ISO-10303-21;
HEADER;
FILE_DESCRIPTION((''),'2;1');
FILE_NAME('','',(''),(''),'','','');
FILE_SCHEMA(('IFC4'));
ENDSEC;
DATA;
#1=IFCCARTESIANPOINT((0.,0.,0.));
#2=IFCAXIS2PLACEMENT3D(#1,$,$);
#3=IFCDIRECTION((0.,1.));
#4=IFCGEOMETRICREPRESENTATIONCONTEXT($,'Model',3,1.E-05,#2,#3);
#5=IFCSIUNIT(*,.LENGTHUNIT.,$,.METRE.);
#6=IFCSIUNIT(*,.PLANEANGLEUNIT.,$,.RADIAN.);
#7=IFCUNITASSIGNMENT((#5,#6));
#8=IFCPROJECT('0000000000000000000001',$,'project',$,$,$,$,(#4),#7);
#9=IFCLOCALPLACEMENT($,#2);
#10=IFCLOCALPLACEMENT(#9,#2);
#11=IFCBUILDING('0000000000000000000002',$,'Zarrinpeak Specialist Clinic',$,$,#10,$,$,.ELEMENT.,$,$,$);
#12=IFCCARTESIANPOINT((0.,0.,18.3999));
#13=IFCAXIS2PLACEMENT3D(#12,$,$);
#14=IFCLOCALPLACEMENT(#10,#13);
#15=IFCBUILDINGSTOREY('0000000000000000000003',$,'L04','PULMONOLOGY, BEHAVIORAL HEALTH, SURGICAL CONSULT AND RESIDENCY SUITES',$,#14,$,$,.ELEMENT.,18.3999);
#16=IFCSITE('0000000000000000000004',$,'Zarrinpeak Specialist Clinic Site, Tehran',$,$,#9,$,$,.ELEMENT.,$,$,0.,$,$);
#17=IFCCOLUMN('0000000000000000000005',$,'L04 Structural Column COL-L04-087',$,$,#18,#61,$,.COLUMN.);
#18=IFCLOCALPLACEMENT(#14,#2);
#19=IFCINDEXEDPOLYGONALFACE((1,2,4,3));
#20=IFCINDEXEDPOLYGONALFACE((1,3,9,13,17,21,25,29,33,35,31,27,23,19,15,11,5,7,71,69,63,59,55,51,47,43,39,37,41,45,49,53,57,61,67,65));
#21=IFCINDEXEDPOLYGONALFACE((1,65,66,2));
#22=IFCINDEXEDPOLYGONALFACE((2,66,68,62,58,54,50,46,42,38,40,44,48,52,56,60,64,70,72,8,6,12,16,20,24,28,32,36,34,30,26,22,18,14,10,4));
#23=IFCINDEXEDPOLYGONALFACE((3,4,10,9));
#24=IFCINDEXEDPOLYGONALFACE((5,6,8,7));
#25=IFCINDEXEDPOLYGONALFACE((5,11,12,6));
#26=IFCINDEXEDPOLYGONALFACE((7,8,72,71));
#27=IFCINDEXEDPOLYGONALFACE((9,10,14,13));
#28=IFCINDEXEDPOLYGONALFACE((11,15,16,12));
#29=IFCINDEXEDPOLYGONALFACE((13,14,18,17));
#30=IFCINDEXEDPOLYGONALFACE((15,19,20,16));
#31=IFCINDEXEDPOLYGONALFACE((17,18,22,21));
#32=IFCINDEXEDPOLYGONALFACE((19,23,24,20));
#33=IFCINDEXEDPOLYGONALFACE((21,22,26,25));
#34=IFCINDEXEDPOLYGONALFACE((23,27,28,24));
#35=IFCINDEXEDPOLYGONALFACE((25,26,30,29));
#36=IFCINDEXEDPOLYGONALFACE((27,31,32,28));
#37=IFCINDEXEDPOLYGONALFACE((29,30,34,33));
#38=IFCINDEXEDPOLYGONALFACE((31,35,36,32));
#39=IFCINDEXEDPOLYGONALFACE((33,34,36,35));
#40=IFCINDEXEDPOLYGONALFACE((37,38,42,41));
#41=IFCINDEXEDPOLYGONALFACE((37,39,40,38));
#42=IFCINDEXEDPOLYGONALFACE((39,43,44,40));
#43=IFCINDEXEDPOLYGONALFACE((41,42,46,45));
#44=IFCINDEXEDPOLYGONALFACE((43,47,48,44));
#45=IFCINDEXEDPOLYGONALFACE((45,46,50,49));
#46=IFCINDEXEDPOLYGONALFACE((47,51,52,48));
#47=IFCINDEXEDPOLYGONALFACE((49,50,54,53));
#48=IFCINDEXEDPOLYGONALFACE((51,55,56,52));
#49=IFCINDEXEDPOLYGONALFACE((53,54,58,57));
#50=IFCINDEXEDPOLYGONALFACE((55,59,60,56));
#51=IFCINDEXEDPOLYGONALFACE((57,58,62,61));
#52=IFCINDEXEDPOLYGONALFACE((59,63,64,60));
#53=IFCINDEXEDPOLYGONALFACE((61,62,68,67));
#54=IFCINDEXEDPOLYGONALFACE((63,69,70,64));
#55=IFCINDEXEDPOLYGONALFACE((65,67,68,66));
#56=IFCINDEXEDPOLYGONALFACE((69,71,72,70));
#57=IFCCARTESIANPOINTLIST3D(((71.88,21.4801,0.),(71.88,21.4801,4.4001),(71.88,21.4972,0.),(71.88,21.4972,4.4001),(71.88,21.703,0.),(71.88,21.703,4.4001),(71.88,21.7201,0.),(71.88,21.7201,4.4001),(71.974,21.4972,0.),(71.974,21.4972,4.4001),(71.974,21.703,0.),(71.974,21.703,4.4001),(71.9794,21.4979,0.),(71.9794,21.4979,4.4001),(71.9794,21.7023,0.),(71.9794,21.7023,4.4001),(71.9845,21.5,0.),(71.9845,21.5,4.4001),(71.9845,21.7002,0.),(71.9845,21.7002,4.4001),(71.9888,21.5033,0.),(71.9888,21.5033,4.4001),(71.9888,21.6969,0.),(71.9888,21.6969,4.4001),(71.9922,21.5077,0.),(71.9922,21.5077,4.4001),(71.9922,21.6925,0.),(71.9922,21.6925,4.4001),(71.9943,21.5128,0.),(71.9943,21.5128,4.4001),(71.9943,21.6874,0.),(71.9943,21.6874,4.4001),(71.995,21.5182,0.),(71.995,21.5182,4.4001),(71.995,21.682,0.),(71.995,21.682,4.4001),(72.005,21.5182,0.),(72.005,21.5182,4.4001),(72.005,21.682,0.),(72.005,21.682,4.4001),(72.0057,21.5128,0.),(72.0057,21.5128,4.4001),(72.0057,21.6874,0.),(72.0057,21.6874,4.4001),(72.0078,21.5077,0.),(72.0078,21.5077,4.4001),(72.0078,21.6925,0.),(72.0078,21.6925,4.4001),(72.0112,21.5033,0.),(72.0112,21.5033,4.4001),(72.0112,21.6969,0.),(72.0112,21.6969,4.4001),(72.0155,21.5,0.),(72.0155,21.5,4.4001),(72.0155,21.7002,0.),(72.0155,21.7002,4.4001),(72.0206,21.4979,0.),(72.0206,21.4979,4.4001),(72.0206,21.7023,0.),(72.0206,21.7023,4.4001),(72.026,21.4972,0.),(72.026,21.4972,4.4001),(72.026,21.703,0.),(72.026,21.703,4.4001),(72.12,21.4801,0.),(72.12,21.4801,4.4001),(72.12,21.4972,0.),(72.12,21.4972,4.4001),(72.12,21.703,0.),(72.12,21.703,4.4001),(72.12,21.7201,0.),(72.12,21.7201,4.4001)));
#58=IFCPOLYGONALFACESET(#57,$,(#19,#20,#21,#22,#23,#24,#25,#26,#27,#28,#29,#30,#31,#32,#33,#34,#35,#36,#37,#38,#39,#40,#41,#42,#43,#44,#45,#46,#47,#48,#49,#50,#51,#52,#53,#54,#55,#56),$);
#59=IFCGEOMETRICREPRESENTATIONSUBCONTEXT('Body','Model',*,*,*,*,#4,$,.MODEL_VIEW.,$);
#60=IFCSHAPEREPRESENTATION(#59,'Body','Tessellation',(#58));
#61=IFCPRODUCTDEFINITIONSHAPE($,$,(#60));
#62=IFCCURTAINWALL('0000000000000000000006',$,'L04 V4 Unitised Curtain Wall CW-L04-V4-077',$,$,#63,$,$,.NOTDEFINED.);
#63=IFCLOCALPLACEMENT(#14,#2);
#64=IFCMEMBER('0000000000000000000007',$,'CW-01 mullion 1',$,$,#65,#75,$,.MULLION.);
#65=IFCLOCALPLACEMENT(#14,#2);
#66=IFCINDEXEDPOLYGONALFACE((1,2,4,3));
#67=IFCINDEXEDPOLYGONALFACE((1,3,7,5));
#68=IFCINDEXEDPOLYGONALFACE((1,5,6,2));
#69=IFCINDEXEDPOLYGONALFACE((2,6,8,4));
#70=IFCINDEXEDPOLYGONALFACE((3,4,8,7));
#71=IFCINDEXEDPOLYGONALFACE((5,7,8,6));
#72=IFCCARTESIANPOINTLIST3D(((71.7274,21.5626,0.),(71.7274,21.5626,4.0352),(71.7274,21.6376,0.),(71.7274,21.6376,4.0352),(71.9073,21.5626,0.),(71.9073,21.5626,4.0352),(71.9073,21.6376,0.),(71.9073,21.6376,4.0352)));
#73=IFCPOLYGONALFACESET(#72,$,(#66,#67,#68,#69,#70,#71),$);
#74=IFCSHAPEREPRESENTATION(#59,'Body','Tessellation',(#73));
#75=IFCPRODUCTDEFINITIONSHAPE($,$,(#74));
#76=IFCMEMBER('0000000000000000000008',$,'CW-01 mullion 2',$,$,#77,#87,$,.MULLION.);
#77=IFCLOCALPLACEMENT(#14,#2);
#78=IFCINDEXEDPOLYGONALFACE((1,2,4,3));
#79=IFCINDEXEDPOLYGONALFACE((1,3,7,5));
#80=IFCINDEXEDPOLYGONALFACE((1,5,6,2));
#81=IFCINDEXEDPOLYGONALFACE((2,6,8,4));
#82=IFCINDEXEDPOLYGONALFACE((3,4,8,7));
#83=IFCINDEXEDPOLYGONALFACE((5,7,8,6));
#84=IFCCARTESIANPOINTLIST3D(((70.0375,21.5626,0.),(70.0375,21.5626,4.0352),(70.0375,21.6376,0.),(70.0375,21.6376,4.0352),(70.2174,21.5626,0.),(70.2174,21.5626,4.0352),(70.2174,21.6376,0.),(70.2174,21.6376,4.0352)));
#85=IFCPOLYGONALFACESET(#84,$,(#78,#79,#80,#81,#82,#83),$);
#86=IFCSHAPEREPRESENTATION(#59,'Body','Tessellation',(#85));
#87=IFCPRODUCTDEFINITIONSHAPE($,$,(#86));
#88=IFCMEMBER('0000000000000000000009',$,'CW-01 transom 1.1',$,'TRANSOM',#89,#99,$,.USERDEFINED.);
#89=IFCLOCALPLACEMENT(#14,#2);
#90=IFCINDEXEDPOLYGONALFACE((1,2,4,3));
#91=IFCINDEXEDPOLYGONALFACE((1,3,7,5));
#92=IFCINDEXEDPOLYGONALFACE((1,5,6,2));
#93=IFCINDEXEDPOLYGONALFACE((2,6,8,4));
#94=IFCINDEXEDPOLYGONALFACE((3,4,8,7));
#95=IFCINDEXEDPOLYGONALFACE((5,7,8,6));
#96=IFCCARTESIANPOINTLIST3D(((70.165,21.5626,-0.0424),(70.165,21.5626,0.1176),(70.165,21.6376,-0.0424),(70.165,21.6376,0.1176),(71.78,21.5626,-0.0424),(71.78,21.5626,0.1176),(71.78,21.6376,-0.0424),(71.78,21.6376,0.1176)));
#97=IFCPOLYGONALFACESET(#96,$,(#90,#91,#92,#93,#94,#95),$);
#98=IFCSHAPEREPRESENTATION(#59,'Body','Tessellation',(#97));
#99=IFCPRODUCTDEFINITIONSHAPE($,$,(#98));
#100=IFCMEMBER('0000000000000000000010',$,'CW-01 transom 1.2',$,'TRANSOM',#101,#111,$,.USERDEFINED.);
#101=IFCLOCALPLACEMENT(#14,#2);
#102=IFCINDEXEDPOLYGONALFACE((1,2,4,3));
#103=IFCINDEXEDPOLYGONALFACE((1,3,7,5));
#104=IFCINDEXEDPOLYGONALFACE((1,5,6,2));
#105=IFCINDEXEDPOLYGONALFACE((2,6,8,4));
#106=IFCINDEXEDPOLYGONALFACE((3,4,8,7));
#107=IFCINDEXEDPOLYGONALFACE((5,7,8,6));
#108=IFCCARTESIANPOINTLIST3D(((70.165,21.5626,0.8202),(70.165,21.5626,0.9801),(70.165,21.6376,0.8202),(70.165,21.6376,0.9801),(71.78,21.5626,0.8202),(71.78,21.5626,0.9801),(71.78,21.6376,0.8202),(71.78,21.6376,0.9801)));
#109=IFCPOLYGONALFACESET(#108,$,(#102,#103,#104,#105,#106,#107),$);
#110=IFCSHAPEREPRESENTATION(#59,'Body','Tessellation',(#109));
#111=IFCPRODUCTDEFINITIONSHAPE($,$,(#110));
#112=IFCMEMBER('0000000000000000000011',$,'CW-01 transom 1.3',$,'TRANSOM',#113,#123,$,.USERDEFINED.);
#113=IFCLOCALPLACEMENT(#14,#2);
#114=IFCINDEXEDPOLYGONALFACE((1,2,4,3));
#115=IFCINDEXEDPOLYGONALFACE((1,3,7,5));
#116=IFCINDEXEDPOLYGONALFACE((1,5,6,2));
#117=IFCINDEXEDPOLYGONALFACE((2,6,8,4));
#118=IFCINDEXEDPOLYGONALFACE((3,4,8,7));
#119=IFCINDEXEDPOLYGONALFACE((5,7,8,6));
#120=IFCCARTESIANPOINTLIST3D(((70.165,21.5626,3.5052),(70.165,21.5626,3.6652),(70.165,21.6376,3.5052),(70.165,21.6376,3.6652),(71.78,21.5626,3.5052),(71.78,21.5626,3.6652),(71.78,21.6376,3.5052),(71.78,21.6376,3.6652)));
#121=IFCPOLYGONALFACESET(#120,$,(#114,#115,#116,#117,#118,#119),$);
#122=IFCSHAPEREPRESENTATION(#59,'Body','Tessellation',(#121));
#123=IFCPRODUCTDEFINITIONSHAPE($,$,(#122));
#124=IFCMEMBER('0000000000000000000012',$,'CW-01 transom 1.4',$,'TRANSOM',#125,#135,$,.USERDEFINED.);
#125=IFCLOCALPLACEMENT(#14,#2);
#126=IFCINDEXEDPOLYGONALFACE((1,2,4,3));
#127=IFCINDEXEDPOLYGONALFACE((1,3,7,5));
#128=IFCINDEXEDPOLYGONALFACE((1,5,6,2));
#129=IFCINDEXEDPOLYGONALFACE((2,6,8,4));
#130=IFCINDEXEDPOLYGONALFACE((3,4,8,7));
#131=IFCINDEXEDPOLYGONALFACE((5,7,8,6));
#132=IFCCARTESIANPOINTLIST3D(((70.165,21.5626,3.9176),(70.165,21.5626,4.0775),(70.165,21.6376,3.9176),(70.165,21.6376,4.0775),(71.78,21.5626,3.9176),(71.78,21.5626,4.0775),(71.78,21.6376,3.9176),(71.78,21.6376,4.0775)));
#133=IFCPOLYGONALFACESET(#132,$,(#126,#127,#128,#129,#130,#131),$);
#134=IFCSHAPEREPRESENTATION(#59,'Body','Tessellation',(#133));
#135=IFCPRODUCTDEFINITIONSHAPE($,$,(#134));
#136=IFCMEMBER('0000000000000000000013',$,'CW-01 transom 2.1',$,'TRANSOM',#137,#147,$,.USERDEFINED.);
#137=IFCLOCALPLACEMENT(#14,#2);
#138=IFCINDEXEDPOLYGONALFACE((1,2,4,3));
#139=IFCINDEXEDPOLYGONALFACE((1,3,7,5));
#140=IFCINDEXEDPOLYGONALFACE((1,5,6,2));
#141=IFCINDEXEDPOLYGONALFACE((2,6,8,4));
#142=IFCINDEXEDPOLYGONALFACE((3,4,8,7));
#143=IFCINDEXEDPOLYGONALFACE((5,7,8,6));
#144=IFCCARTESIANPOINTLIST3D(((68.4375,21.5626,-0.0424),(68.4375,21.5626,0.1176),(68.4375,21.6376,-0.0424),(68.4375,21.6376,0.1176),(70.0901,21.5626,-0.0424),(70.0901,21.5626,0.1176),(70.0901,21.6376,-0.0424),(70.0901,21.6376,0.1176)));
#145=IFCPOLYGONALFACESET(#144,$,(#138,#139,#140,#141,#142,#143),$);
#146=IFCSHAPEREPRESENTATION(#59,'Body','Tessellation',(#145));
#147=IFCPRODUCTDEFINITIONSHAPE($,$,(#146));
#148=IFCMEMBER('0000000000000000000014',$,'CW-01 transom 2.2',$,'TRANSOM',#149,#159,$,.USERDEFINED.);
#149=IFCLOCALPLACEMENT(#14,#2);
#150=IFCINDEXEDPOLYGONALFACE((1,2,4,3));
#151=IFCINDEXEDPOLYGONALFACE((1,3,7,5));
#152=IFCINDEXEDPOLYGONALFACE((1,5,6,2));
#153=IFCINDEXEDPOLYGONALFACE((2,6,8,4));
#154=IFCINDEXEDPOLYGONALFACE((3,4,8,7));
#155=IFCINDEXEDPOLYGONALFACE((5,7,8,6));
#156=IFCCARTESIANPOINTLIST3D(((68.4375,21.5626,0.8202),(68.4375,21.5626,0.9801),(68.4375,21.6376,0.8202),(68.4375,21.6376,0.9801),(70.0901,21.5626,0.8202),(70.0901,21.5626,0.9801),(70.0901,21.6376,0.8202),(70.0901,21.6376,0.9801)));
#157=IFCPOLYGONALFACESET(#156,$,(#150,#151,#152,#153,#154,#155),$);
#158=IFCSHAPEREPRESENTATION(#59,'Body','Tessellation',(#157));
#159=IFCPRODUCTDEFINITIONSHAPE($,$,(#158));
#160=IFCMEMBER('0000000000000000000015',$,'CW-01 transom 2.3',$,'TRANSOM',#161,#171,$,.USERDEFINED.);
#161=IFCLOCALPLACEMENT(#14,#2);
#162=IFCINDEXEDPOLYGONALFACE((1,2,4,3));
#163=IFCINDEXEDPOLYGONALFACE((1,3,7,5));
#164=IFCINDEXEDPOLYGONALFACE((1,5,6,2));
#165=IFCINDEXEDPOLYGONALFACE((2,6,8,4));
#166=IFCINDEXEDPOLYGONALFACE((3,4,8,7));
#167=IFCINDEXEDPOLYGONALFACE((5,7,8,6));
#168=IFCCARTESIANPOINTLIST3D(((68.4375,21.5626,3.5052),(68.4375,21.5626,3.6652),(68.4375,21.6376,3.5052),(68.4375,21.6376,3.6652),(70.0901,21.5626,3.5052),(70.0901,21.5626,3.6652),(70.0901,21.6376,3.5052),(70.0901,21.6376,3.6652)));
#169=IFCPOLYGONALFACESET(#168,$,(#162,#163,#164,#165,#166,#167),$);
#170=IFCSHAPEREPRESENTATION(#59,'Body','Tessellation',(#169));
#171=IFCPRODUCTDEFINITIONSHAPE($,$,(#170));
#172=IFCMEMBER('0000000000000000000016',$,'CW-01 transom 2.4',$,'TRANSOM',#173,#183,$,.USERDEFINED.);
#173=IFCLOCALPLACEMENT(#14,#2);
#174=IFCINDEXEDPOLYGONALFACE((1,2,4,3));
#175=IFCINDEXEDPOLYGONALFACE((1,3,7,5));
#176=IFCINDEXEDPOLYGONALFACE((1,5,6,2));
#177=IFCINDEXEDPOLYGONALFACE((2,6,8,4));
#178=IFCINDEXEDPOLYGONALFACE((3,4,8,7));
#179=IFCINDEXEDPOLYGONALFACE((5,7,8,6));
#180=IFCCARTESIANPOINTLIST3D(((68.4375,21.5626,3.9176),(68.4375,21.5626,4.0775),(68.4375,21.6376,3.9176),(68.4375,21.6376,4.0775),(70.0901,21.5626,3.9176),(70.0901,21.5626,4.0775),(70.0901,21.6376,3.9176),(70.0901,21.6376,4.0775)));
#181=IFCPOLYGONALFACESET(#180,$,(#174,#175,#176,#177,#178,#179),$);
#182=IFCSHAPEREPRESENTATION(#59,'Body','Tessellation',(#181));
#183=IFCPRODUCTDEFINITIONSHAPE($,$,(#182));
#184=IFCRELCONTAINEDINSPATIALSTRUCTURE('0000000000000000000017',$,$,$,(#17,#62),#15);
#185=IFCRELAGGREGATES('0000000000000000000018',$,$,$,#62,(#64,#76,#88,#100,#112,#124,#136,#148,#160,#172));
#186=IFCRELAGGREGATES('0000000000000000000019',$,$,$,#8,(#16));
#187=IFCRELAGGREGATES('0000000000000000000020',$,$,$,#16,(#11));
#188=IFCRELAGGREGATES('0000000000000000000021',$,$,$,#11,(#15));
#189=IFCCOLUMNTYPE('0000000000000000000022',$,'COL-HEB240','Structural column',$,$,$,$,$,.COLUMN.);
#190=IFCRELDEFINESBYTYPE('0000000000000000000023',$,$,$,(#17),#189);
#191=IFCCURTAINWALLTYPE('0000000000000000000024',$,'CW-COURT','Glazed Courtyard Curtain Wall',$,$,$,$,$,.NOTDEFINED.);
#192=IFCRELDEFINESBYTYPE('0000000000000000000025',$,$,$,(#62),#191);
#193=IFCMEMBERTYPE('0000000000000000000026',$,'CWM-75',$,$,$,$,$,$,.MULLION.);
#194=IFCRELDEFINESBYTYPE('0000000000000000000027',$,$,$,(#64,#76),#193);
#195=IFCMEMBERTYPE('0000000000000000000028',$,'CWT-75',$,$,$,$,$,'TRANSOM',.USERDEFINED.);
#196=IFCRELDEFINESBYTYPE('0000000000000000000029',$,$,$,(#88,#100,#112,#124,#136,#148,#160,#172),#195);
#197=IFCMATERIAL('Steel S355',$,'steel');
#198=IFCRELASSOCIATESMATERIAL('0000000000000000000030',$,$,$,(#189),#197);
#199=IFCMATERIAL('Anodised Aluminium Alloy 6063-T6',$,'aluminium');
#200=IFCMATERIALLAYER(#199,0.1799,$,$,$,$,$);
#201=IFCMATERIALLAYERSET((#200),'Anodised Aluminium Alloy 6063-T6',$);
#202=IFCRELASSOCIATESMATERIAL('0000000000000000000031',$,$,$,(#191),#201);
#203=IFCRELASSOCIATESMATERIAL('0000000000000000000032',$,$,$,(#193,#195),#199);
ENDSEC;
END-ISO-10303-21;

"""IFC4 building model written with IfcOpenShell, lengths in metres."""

from ifc_helpers import new_model, si_unit, direction, frame, origin, origin_2d, place, context, subcontext, project, spatial, rectangle, i_section, extrude, material, layer, layer_set, material_profile, profile_set, type_object, element, aggregate, save


model = new_model("IFC4")

# Units and contexts
model_context = context("Model", 3, precision=1e-05, world=origin(), true_north=direction((0.0, 1.0)))
body_context = subcontext(model_context, "Body", "Model", "MODEL_VIEW")
ifc_project = project(units=[si_unit("LENGTHUNIT", "METRE"), si_unit("PLANEANGLEUNIT", "RADIAN")], contexts=[model_context])

# Site, building, storey
site_placement = place(None, origin())
site = spatial("IfcSite", under=ifc_project, at=site_placement, Name="Zarrinpeak Specialist Clinic Site, Tehran", CompositionType="ELEMENT", RefElevation=0.0)
building_placement = place(site_placement, origin())
building = spatial("IfcBuilding", under=site, at=building_placement, Name="Zarrinpeak Specialist Clinic", CompositionType="ELEMENT")
storey_placement = place(building_placement, frame((0.0, 0.0, 18.3999)))
storey = spatial("IfcBuildingStorey", under=building, at=storey_placement, Name="L04", Description="PULMONOLOGY, BEHAVIORAL HEALTH, SURGICAL CONSULT AND RESIDENCY SUITES", CompositionType="ELEMENT", Elevation=18.3999)

# Column
ifc_material_1 = material(Name="Steel S355", Category="steel")
ifc_material_profile_1 = material_profile(ifc_material_1, i_section(OverallWidth=0.24, OverallDepth=0.24, WebThickness=0.01, FlangeThickness=0.0171, FilletRadius=0.021, at=origin_2d()), Name="HEB 240")
ifc_profile_set_1 = profile_set([ifc_material_profile_1], Name="Steel S355")
column_type = type_object("IfcColumnType", Name="COL-HEB240", Description="Structural column", PredefinedType="COLUMN", material=ifc_profile_set_1)
column_placement = place(storey_placement, frame((72.0, 21.6001, 0.0), z_axis=(0.0, 0.0, 1.0), x_axis=(1.0, 0.0, 0.0)))
element("IfcColumn", 1, at=column_placement, inside=storey, type_object=column_type, Name="L04 Structural Column COL-L04-087", PredefinedType="COLUMN", context=body_context, shape_type="SweptSolid", body=[
    extrude(i_section(OverallWidth=0.24, OverallDepth=0.24, WebThickness=0.01, FlangeThickness=0.0171, FilletRadius=0.021, at=origin_2d()), origin(), (0.0, 0.0, 1.0), 4.4001),
])

# Curtain wall, members
ifc_material_2 = material(Name="Anodised Aluminium Alloy 6063-T6", Category="aluminium")
ifc_layer_1 = layer(ifc_material_2, 0.1799)
ifc_layer_set_1 = layer_set([ifc_layer_1], Name="Anodised Aluminium Alloy 6063-T6")
curtain_wall_type = type_object("IfcCurtainWallType", Name="CW-COURT", Description="Glazed Courtyard Curtain Wall", PredefinedType="NOTDEFINED", material=ifc_layer_set_1)
curtain_wall_placement = place(storey_placement, origin())
curtain_wall = element("IfcCurtainWall", 2, at=curtain_wall_placement, inside=storey, type_object=curtain_wall_type, Name="L04 V4 Unitised Curtain Wall CW-L04-V4-077", PredefinedType="NOTDEFINED")
ifc_material_profile_2 = material_profile(ifc_material_2, rectangle(XDim=0.075, YDim=0.1799, at=origin_2d()), Name="ALU 75x180")
ifc_profile_set_2 = profile_set([ifc_material_profile_2], Name="Anodised Aluminium Alloy 6063-T6")
member_type_1 = type_object("IfcMemberType", Name="CWM-75", PredefinedType="MULLION", material=ifc_profile_set_2)
member_1_placement = place(storey_placement, frame((71.8174, 21.6001, 0.0), z_axis=(0.0, 0.0, 1.0), x_axis=(0.0, -1.0, 0.0)))
member_1 = element("IfcMember", 3, at=member_1_placement, type_object=member_type_1, Name="CW-01 mullion 1", PredefinedType="MULLION", context=body_context, shape_type="SweptSolid", body=[
    extrude(rectangle(XDim=0.075, YDim=0.1799, at=origin_2d()), origin(), (0.0, 0.0, 1.0), 4.0352),
])
member_2_placement = place(storey_placement, frame((70.1274, 21.6001, 0.0), z_axis=(0.0, 0.0, 1.0), x_axis=(0.0, -1.0, 0.0)))
member_2 = element("IfcMember", 4, at=member_2_placement, type_object=member_type_1, Name="CW-01 mullion 2", PredefinedType="MULLION", context=body_context, shape_type="SweptSolid", body=[
    extrude(rectangle(XDim=0.075, YDim=0.1799, at=origin_2d()), origin(), (0.0, 0.0, 1.0), 4.0352),
])
ifc_material_profile_3 = material_profile(ifc_material_2, rectangle(XDim=0.075, YDim=0.1599, at=origin_2d()), Name="ALU 75x160")
ifc_profile_set_3 = profile_set([ifc_material_profile_3], Name="Anodised Aluminium Alloy 6063-T6")
member_type_2 = type_object("IfcMemberType", Name="CWT-75", ElementType="TRANSOM", PredefinedType="USERDEFINED", material=ifc_profile_set_3)
member_3_placement = place(storey_placement, frame((71.78, 21.6001, 0.0376), z_axis=(-1.0, 0.0, 0.0), x_axis=(0.0, -1.0, 0.0)))
member_3 = element("IfcMember", 5, at=member_3_placement, type_object=member_type_2, Name="CW-01 transom 1.1", ObjectType="TRANSOM", PredefinedType="USERDEFINED", context=body_context, shape_type="SweptSolid", body=[
    extrude(rectangle(XDim=0.075, YDim=0.1599, at=origin_2d()), origin(), (0.0, 0.0, 1.0), 1.615),
])
member_4_placement = place(storey_placement, frame((71.78, 21.6001, 0.9001), z_axis=(-1.0, 0.0, 0.0), x_axis=(0.0, -1.0, 0.0)))
member_4 = element("IfcMember", 6, at=member_4_placement, type_object=member_type_2, Name="CW-01 transom 1.2", ObjectType="TRANSOM", PredefinedType="USERDEFINED", context=body_context, shape_type="SweptSolid", body=[
    extrude(rectangle(XDim=0.075, YDim=0.1599, at=origin_2d()), origin(), (0.0, 0.0, 1.0), 1.615),
])
member_5_placement = place(storey_placement, frame((71.78, 21.6001, 3.5852), z_axis=(-1.0, 0.0, 0.0), x_axis=(0.0, -1.0, 0.0)))
member_5 = element("IfcMember", 7, at=member_5_placement, type_object=member_type_2, Name="CW-01 transom 1.3", ObjectType="TRANSOM", PredefinedType="USERDEFINED", context=body_context, shape_type="SweptSolid", body=[
    extrude(rectangle(XDim=0.075, YDim=0.1599, at=origin_2d()), origin(), (0.0, 0.0, 1.0), 1.615),
])
member_6_placement = place(storey_placement, frame((71.78, 21.6001, 3.9976), z_axis=(-1.0, 0.0, 0.0), x_axis=(0.0, -1.0, 0.0)))
member_6 = element("IfcMember", 8, at=member_6_placement, type_object=member_type_2, Name="CW-01 transom 1.4", ObjectType="TRANSOM", PredefinedType="USERDEFINED", context=body_context, shape_type="SweptSolid", body=[
    extrude(rectangle(XDim=0.075, YDim=0.1599, at=origin_2d()), origin(), (0.0, 0.0, 1.0), 1.615),
])
member_7_placement = place(storey_placement, frame((70.0901, 21.6001, 0.0376), z_axis=(-1.0, 0.0, 0.0), x_axis=(0.0, -1.0, 0.0)))
member_7 = element("IfcMember", 9, at=member_7_placement, type_object=member_type_2, Name="CW-01 transom 2.1", ObjectType="TRANSOM", PredefinedType="USERDEFINED", context=body_context, shape_type="SweptSolid", body=[
    extrude(rectangle(XDim=0.075, YDim=0.1599, at=origin_2d()), origin(), (0.0, 0.0, 1.0), 1.6526),
])
member_8_placement = place(storey_placement, frame((70.0901, 21.6001, 0.9001), z_axis=(-1.0, 0.0, 0.0), x_axis=(0.0, -1.0, 0.0)))
member_8 = element("IfcMember", 10, at=member_8_placement, type_object=member_type_2, Name="CW-01 transom 2.2", ObjectType="TRANSOM", PredefinedType="USERDEFINED", context=body_context, shape_type="SweptSolid", body=[
    extrude(rectangle(XDim=0.075, YDim=0.1599, at=origin_2d()), origin(), (0.0, 0.0, 1.0), 1.6526),
])
member_9_placement = place(storey_placement, frame((70.0901, 21.6001, 3.5852), z_axis=(-1.0, 0.0, 0.0), x_axis=(0.0, -1.0, 0.0)))
member_9 = element("IfcMember", 11, at=member_9_placement, type_object=member_type_2, Name="CW-01 transom 2.3", ObjectType="TRANSOM", PredefinedType="USERDEFINED", context=body_context, shape_type="SweptSolid", body=[
    extrude(rectangle(XDim=0.075, YDim=0.1599, at=origin_2d()), origin(), (0.0, 0.0, 1.0), 1.6526),
])
member_10_placement = place(storey_placement, frame((70.0901, 21.6001, 3.9976), z_axis=(-1.0, 0.0, 0.0), x_axis=(0.0, -1.0, 0.0)))
member_10 = element("IfcMember", 12, at=member_10_placement, type_object=member_type_2, Name="CW-01 transom 2.4", ObjectType="TRANSOM", PredefinedType="USERDEFINED", context=body_context, shape_type="SweptSolid", body=[
    extrude(rectangle(XDim=0.075, YDim=0.1599, at=origin_2d()), origin(), (0.0, 0.0, 1.0), 1.6526),
])

aggregate(curtain_wall, [member_1, member_2, member_3, member_4, member_5, member_6, member_7, member_8, member_9, member_10])

save(model, "model.ifc")
